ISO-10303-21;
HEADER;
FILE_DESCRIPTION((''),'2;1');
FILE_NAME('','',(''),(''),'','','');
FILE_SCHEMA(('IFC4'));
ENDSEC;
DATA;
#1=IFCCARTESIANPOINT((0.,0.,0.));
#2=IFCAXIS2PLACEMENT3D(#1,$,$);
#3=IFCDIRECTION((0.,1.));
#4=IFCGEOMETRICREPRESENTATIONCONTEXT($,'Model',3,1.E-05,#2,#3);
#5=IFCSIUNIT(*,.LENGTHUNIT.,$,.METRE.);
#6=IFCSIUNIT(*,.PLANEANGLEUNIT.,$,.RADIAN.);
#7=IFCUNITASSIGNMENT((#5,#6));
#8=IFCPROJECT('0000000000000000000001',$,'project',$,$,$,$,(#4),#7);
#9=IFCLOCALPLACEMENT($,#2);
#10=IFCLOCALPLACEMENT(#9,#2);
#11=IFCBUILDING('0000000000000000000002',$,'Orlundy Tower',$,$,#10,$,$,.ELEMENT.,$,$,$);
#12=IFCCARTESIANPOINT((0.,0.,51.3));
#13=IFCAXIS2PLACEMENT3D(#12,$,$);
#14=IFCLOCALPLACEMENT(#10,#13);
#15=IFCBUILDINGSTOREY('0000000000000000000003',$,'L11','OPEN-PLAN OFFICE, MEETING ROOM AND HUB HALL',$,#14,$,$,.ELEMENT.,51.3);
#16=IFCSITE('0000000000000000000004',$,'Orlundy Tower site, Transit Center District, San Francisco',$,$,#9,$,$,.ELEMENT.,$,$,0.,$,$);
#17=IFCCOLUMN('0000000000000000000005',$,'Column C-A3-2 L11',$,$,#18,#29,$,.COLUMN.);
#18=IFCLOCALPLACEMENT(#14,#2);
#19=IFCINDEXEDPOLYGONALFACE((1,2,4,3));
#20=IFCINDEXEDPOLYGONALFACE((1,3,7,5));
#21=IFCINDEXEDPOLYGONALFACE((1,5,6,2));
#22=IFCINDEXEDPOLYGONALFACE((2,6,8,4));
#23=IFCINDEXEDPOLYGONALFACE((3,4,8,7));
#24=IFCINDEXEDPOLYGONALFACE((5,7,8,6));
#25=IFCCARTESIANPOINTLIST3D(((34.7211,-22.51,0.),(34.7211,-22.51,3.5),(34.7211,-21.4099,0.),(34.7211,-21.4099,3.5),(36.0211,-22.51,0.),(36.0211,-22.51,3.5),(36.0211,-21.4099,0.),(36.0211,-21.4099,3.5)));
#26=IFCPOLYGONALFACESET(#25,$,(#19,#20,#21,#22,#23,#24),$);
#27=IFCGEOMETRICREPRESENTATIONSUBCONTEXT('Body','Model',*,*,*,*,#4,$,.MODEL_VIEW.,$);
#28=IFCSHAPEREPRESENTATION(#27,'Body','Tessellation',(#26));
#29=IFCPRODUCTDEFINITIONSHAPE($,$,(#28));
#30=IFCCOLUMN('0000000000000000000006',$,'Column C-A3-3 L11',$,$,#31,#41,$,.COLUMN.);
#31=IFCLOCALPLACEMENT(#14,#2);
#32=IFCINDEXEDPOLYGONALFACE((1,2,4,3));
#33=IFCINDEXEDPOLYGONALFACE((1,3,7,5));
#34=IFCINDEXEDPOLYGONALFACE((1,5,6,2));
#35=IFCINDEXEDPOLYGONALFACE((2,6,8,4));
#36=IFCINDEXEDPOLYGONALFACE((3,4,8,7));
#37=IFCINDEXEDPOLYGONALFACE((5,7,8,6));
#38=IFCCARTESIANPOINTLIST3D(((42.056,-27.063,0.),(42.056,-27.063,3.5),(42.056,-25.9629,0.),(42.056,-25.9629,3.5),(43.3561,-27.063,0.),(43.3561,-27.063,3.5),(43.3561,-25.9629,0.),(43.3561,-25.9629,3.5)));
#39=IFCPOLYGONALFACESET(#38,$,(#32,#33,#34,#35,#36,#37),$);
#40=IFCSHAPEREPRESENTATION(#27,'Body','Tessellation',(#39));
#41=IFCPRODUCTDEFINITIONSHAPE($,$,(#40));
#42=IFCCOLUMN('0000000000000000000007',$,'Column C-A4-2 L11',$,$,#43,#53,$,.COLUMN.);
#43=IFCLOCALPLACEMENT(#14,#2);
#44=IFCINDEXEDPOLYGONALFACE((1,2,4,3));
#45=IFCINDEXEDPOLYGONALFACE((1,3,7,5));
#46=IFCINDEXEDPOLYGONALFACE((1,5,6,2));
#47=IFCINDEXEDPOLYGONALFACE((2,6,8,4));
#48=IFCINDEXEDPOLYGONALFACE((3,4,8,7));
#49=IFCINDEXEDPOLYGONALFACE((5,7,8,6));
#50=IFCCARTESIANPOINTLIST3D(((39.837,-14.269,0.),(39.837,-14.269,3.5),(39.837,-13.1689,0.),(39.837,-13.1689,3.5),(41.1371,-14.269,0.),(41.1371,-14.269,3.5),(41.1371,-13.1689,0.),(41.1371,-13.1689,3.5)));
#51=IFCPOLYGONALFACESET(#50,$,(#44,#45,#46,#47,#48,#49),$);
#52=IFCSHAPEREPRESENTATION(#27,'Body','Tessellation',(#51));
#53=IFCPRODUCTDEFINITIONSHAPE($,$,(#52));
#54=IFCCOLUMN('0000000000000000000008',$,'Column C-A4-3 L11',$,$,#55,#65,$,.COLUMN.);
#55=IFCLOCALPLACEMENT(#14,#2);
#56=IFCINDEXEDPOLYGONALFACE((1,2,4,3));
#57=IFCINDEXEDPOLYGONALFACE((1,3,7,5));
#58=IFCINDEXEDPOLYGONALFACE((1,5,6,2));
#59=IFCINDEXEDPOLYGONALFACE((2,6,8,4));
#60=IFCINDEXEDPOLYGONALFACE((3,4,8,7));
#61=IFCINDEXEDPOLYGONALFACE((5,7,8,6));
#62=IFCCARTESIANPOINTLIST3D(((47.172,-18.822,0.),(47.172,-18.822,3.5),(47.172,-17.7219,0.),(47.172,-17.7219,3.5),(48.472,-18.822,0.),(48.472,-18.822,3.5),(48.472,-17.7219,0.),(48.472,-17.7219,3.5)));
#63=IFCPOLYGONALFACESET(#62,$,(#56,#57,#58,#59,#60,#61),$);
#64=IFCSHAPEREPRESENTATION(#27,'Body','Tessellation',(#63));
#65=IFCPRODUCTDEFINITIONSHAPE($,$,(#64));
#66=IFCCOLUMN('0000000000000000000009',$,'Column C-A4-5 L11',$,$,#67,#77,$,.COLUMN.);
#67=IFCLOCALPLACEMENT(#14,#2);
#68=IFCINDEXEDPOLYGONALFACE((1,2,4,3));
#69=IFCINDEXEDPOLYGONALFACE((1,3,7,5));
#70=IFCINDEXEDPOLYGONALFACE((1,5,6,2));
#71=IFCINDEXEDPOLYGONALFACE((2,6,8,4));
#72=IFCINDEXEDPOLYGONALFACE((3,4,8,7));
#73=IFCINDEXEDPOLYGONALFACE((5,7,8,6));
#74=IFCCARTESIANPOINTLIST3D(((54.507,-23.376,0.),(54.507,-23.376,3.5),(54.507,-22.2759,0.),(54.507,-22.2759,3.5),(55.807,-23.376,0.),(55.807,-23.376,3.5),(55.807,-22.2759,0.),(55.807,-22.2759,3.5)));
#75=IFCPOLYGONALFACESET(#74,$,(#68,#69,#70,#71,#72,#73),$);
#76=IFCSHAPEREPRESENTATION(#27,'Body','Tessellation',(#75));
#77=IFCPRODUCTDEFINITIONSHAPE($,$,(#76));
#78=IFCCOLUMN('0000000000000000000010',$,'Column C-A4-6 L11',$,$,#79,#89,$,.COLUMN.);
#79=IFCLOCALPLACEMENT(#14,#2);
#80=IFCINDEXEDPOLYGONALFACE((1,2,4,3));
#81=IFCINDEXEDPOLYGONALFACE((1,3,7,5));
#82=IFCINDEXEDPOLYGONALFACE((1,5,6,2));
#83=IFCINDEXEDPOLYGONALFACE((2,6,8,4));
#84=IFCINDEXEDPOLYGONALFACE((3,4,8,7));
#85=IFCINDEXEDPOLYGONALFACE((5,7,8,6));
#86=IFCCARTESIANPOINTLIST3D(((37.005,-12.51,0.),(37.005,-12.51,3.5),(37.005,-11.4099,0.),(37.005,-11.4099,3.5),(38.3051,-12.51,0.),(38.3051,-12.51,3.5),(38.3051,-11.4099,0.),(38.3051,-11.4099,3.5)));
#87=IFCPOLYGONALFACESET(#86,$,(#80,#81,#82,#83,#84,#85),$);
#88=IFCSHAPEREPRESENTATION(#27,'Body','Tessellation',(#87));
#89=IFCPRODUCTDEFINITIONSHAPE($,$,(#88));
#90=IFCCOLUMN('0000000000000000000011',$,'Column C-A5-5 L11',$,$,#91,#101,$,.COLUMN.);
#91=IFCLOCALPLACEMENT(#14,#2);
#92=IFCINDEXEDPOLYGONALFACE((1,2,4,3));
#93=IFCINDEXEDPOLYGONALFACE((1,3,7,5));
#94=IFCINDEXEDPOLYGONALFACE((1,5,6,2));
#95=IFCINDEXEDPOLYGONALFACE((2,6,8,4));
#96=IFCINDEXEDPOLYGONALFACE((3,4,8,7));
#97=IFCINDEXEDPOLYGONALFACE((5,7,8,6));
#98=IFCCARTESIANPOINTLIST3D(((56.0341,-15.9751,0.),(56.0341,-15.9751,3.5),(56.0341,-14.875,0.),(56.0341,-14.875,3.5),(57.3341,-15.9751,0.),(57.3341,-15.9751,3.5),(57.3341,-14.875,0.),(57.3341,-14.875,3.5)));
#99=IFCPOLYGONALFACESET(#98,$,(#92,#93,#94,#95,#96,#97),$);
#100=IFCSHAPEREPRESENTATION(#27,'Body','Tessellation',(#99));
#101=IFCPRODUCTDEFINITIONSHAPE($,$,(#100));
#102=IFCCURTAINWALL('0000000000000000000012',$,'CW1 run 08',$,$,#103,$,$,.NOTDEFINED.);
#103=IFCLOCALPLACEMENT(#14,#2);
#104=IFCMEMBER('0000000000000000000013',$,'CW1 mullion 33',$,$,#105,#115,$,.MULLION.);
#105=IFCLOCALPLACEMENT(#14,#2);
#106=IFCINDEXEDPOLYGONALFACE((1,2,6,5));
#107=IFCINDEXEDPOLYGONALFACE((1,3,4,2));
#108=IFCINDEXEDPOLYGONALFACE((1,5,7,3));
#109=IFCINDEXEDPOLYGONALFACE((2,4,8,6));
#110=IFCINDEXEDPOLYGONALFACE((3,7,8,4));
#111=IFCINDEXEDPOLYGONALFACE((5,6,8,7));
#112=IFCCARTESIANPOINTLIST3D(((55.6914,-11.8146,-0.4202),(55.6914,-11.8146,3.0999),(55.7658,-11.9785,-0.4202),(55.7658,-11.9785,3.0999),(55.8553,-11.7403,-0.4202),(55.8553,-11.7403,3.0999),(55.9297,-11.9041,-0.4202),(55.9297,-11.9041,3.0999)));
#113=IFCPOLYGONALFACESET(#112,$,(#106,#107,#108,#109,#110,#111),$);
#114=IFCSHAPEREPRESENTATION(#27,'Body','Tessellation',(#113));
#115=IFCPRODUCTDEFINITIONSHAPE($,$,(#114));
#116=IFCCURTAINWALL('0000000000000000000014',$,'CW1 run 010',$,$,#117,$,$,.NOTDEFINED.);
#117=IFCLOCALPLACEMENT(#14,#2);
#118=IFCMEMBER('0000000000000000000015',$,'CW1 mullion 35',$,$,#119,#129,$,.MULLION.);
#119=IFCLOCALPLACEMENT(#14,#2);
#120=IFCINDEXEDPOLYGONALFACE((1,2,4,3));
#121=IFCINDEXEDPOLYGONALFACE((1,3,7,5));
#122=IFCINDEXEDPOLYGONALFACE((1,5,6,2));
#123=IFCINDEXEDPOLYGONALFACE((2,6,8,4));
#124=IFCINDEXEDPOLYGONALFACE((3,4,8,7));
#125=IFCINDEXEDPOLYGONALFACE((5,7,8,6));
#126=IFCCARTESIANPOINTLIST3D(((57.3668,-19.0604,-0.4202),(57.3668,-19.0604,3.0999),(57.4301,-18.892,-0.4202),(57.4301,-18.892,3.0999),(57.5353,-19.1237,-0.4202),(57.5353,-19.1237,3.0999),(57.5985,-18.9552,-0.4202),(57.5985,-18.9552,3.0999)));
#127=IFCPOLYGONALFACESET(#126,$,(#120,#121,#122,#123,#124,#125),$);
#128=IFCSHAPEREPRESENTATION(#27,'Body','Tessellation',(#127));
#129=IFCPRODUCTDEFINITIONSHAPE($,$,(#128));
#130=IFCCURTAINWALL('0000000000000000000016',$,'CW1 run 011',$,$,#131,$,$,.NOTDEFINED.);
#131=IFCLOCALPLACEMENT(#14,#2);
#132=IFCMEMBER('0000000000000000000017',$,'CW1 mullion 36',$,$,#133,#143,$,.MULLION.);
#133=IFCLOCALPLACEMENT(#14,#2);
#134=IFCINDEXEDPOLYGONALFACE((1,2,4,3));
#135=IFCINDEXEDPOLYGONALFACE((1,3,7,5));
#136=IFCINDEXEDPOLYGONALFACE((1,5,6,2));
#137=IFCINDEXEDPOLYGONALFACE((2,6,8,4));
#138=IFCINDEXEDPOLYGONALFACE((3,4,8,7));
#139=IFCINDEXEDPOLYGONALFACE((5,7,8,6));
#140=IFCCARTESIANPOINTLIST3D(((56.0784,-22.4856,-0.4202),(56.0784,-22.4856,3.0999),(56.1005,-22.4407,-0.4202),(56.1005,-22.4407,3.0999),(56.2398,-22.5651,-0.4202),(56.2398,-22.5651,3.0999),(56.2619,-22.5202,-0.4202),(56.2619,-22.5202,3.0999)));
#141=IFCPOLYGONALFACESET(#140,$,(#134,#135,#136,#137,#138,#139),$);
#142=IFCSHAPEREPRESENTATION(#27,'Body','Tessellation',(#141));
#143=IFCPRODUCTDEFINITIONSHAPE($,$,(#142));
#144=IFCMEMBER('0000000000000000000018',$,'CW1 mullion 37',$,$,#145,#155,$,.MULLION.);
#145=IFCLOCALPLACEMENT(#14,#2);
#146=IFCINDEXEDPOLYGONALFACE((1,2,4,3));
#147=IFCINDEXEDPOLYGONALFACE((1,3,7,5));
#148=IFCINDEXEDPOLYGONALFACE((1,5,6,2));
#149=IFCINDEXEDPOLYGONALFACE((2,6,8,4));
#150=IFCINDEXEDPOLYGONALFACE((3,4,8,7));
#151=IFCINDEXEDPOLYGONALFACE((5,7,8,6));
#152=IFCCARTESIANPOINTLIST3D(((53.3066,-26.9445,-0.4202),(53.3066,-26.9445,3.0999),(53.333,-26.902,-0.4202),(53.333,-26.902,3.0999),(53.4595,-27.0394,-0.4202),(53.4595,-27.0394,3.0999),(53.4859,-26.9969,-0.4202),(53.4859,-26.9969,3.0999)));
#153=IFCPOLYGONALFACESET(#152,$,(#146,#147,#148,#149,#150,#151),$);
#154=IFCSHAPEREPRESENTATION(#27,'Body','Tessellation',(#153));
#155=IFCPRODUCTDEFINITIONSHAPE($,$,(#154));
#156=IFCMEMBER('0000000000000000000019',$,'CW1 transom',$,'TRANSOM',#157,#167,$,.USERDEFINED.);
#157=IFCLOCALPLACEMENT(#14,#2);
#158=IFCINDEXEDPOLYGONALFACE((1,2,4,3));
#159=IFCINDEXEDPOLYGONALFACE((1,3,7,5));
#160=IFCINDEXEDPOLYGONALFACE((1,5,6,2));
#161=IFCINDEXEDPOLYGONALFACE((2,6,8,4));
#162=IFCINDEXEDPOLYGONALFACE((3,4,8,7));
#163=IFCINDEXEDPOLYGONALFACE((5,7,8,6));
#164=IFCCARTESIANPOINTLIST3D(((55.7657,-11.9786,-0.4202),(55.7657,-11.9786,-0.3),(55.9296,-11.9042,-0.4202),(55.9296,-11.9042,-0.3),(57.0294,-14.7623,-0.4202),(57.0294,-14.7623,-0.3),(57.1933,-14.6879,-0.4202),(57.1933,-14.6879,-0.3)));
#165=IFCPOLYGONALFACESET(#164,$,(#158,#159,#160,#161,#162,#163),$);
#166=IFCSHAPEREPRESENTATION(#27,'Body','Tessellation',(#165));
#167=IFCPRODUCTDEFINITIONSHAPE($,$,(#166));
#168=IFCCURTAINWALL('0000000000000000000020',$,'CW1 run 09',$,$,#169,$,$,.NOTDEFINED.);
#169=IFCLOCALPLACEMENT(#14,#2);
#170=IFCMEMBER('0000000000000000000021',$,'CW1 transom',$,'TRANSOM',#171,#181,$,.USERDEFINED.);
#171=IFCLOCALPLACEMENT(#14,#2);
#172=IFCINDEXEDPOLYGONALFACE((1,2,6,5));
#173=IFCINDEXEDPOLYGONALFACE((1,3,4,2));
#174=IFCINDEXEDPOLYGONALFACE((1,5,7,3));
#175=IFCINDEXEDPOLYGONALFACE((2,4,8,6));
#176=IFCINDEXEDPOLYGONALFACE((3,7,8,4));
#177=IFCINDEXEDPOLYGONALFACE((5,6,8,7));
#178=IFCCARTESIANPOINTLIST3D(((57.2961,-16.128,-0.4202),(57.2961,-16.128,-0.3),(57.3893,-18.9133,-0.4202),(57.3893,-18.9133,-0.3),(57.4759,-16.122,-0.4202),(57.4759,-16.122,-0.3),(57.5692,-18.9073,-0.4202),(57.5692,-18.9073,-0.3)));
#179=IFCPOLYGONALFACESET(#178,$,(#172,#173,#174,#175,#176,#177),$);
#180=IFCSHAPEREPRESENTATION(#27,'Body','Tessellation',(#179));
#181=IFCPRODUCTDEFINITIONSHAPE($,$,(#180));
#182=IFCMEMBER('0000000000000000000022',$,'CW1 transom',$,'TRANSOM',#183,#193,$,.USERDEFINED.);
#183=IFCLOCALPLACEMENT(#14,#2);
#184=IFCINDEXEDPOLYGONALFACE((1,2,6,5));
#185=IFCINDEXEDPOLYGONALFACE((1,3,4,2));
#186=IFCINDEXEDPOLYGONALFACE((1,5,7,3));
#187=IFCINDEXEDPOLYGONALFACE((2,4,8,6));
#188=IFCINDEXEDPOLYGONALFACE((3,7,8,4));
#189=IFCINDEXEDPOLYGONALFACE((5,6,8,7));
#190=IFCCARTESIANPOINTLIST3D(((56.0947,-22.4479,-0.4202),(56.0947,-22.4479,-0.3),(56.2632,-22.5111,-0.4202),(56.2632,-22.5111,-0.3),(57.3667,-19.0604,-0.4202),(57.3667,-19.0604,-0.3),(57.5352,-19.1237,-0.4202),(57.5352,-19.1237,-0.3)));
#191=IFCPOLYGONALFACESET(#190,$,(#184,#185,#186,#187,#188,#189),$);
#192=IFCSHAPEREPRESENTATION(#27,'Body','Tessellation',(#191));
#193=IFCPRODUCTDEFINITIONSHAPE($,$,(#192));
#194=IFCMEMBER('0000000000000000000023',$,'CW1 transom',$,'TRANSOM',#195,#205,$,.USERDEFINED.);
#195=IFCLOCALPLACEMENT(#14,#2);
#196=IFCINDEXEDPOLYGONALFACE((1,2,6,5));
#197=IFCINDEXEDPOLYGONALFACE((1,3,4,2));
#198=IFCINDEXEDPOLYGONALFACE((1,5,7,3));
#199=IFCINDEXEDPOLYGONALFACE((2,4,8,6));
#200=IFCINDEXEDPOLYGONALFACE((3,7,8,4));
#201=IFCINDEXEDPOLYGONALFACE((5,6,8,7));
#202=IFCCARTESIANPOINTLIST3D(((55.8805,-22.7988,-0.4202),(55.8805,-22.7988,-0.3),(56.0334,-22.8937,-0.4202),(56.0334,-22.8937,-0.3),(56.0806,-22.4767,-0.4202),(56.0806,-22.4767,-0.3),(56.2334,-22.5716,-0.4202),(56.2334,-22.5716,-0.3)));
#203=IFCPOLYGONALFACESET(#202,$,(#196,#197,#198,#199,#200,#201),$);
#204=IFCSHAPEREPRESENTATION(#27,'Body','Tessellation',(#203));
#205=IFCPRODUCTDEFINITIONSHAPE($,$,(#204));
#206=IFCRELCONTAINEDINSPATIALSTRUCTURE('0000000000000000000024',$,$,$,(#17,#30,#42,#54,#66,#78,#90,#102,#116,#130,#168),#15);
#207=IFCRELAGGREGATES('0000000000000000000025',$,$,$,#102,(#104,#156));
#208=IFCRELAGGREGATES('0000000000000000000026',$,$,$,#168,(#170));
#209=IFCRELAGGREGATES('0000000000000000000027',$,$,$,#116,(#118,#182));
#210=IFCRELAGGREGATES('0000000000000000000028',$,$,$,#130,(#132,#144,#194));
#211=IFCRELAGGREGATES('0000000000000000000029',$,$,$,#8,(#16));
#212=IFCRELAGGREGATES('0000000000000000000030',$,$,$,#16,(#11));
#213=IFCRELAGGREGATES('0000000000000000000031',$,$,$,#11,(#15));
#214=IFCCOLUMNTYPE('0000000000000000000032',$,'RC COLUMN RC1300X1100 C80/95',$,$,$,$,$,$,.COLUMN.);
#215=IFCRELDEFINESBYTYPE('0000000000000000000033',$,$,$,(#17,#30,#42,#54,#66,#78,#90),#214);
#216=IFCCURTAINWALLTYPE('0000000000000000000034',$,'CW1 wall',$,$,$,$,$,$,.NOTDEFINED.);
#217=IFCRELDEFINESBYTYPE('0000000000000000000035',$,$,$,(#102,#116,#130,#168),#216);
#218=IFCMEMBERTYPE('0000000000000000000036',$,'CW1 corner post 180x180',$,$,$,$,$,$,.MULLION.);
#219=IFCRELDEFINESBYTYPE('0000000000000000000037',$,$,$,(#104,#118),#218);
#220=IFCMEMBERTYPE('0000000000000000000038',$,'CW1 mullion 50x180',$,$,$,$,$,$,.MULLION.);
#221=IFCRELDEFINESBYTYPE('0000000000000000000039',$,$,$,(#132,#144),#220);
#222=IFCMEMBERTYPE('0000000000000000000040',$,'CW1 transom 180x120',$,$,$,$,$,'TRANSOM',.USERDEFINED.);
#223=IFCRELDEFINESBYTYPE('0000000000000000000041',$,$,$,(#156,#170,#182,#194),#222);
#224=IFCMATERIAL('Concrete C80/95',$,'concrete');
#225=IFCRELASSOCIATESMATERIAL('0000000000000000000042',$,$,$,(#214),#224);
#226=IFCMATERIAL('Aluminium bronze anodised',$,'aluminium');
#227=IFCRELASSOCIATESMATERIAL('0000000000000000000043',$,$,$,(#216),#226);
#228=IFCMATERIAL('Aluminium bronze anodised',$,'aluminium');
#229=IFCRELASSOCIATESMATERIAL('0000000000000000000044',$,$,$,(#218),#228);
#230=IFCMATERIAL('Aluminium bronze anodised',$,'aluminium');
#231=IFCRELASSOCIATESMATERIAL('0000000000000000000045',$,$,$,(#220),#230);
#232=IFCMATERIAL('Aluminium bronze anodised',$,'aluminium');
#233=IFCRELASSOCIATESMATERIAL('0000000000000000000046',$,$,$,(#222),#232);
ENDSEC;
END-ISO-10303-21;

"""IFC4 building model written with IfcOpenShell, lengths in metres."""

from ifc_helpers import new_model, si_unit, direction, frame, origin, origin_2d, place, context, subcontext, project, spatial, rectangle, extrude, material, material_profile, profile_set, type_object, element, aggregate, save


model = new_model("IFC4")

# Units and contexts
model_context = context("Model", 3, precision=1e-05, world=origin(), true_north=direction((0.0, 1.0)))
body_context = subcontext(model_context, "Body", "Model", "MODEL_VIEW")
ifc_project = project(units=[si_unit("LENGTHUNIT", "METRE"), si_unit("PLANEANGLEUNIT", "RADIAN")], contexts=[model_context])

# Site, building, storey
site_placement = place(None, origin())
site = spatial("IfcSite", under=ifc_project, at=site_placement, Name="Orlundy Tower site, Transit Center District, San Francisco", CompositionType="ELEMENT", RefElevation=0.0)
building_placement = place(site_placement, origin())
building = spatial("IfcBuilding", under=site, at=building_placement, Name="Orlundy Tower", CompositionType="ELEMENT")
storey_placement = place(building_placement, frame((0.0, 0.0, 51.3)))
storey = spatial("IfcBuildingStorey", under=building, at=storey_placement, Name="L11", Description="OPEN-PLAN OFFICE, MEETING ROOM AND HUB HALL", CompositionType="ELEMENT", Elevation=51.3)

# Columns
ifc_material_1 = material(Name="Concrete C80/95", Category="concrete")
ifc_material_profile_1 = material_profile(ifc_material_1, rectangle(XDim=1.3, YDim=1.1001, at=origin_2d()), Name="RC1300X1100")
ifc_profile_set_1 = profile_set([ifc_material_profile_1], Name="Concrete C80/95")
column_type = type_object("IfcColumnType", Name="RC COLUMN RC1300X1100 C80/95", PredefinedType="COLUMN", material=ifc_profile_set_1)
for number, where, z_axis, x_axis, name in (
    (1, (35.3711, -21.96, 0.0), (0.0, 0.0, 1.0), (1.0, 0.0, 0.0), "Column C-A3-2 L11"),
    (2, (42.7061, -26.5129, 0.0), (0.0, 0.0, 1.0), (1.0, 0.0, 0.0), "Column C-A3-3 L11"),
    (3, (40.4871, -13.719, 0.0), (0.0, 0.0, 1.0), (1.0, 0.0, 0.0), "Column C-A4-2 L11"),
    (4, (47.822, -18.272, 0.0), (0.0, 0.0, 1.0), (1.0, 0.0, 0.0), "Column C-A4-3 L11"),
    (5, (55.157, -22.8259, 0.0), (0.0, 0.0, 1.0), (1.0, 0.0, 0.0), "Column C-A4-5 L11"),
    (6, (37.655, -11.96, 0.0), (0.0, 0.0, 1.0), (1.0, 0.0, 0.0), "Column C-A4-6 L11"),
    (7, (56.6841, -15.425, 0.0), (0.0, 0.0, 1.0), (1.0, 0.0, 0.0), "Column C-A5-5 L11"),
):
    element("IfcColumn", number, at=place(storey_placement, frame(where, z_axis=z_axis, x_axis=x_axis)), inside=storey, type_object=column_type, Name=name, PredefinedType="COLUMN", context=body_context, shape_type="SweptSolid", body=[
        extrude(rectangle(XDim=1.3, YDim=1.1001, at=origin_2d()), origin(), (0.0, 0.0, 1.0), 3.5),
    ])

# Curtain walls, members
ifc_material_2 = material(Name="Aluminium bronze anodised", Category="aluminium")
curtain_wall_type = type_object("IfcCurtainWallType", Name="CW1 wall", PredefinedType="NOTDEFINED", material=ifc_material_2)
curtain_wall_1_placement = place(storey_placement, origin())
curtain_wall_1 = element("IfcCurtainWall", 8, at=curtain_wall_1_placement, inside=storey, type_object=curtain_wall_type, Name="CW1 run 08", PredefinedType="NOTDEFINED")
ifc_material_3 = material(Name="Aluminium bronze anodised", Category="aluminium")
ifc_material_profile_2 = material_profile(ifc_material_3, rectangle(XDim=0.1799, YDim=0.1799, at=origin_2d()), Name="CW1 corner post 180x180")
ifc_profile_set_2 = profile_set([ifc_material_profile_2], Name="Aluminium bronze anodised")
member_type_1 = type_object("IfcMemberType", Name="CW1 corner post 180x180", PredefinedType="MULLION", material=ifc_profile_set_2)
member_1_placement = place(storey_placement, frame((55.8105, -11.8594, -0.4202), z_axis=(0.0, 0.0, 1.0), x_axis=(0.910579, 0.413335, 0.0)))
member_1 = element("IfcMember", 9, at=member_1_placement, type_object=member_type_1, Name="CW1 mullion 33", PredefinedType="MULLION", context=body_context, shape_type="SweptSolid", body=[
    extrude(rectangle(XDim=0.1799, YDim=0.1799, at=origin_2d()), origin(), (0.0, 0.0, 1.0), 3.52),
])
curtain_wall_2_placement = place(storey_placement, origin())
curtain_wall_2 = element("IfcCurtainWall", 10, at=curtain_wall_2_placement, inside=storey, type_object=curtain_wall_type, Name="CW1 run 010", PredefinedType="NOTDEFINED")
member_2_placement = place(storey_placement, frame((57.4827, -19.0078, -0.4202), z_axis=(0.0, 0.0, 1.0), x_axis=(0.936174, -0.351537, 0.0)))
member_2 = element("IfcMember", 11, at=member_2_placement, type_object=member_type_1, Name="CW1 mullion 35", PredefinedType="MULLION", context=body_context, shape_type="SweptSolid", body=[
    extrude(rectangle(XDim=0.1799, YDim=0.1799, at=origin_2d()), origin(), (0.0, 0.0, 1.0), 3.52),
])

# Curtain wall, members
curtain_wall_3_placement = place(storey_placement, origin())
curtain_wall_3 = element("IfcCurtainWall", 12, at=curtain_wall_3_placement, inside=storey, type_object=curtain_wall_type, Name="CW1 run 011", PredefinedType="NOTDEFINED")
ifc_material_4 = material(Name="Aluminium bronze anodised", Category="aluminium")
ifc_material_profile_3 = material_profile(ifc_material_4, rectangle(XDim=0.1799, YDim=0.05, at=origin_2d()), Name="CW1 mullion 50x180")
ifc_profile_set_3 = profile_set([ifc_material_profile_3], Name="Aluminium bronze anodised")
member_type_2 = type_object("IfcMemberType", Name="CW1 mullion 50x180", PredefinedType="MULLION", material=ifc_profile_set_3)
member_3_placement = place(storey_placement, frame((56.1702, -22.5029, -0.4202), z_axis=(0.0, 0.0, 1.0), x_axis=(0.897195, -0.441634, 0.0)))
member_3 = element("IfcMember", 13, at=member_3_placement, type_object=member_type_2, Name="CW1 mullion 36", PredefinedType="MULLION", context=body_context, shape_type="SweptSolid", body=[
    extrude(rectangle(XDim=0.1799, YDim=0.05, at=origin_2d()), origin(), (0.0, 0.0, 1.0), 3.52),
])
member_4_placement = place(storey_placement, frame((53.3962, -26.9707, -0.4202), z_axis=(0.0, 0.0, 1.0), x_axis=(0.84957, -0.527475, 0.0)))
member_4 = element("IfcMember", 14, at=member_4_placement, type_object=member_type_2, Name="CW1 mullion 37", PredefinedType="MULLION", context=body_context, shape_type="SweptSolid", body=[
    extrude(rectangle(XDim=0.1799, YDim=0.05, at=origin_2d()), origin(), (0.0, 0.0, 1.0), 3.52),
])

# Member
ifc_material_5 = material(Name="Aluminium bronze anodised", Category="aluminium")
ifc_material_profile_4 = material_profile(ifc_material_5, rectangle(XDim=0.1799, YDim=0.1201, at=origin_2d()), Name="CW1 transom 180x120")
ifc_profile_set_4 = profile_set([ifc_material_profile_4], Name="Aluminium bronze anodised")
member_type_3 = type_object("IfcMemberType", Name="CW1 transom 180x120", ElementType="TRANSOM", PredefinedType="USERDEFINED", material=ifc_profile_set_4)
member_5_placement = place(storey_placement, frame((55.8477, -11.9414, -0.3601), z_axis=(0.413358, -0.910569, 0.0), x_axis=(0.910569, 0.413358, 0.0)))
member_5 = element("IfcMember", 15, at=member_5_placement, type_object=member_type_3, Name="CW1 transom", ObjectType="TRANSOM", PredefinedType="USERDEFINED", context=body_context, shape_type="SweptSolid", body=[
    extrude(rectangle(XDim=0.1799, YDim=0.1201, at=origin_2d()), origin(), (0.0, 0.0, 1.0), 3.0571),
])

# Curtain wall, member
curtain_wall_4_placement = place(storey_placement, origin())
curtain_wall_4 = element("IfcCurtainWall", 16, at=curtain_wall_4_placement, inside=storey, type_object=curtain_wall_type, Name="CW1 run 09", PredefinedType="NOTDEFINED")
member_6_placement = place(storey_placement, frame((57.386, -16.125, -0.3601), z_axis=(0.033464, -0.99944, 0.0), x_axis=(0.99944, 0.033464, 0.0)))
member_6 = element("IfcMember", 17, at=member_6_placement, type_object=member_type_3, Name="CW1 transom", ObjectType="TRANSOM", PredefinedType="USERDEFINED", context=body_context, shape_type="SweptSolid", body=[
    extrude(rectangle(XDim=0.1799, YDim=0.1201, at=origin_2d()), origin(), (0.0, 0.0, 1.0), 2.7869),
])

# Members
member_7_placement = place(storey_placement, frame((57.4509, -19.092, -0.3601), z_axis=(-0.35153, -0.936177, 0.0), x_axis=(0.936177, -0.35153, 0.0)))
member_7 = element("IfcMember", 18, at=member_7_placement, type_object=member_type_3, Name="CW1 transom", ObjectType="TRANSOM", PredefinedType="USERDEFINED", context=body_context, shape_type="SweptSolid", body=[
    extrude(rectangle(XDim=0.1799, YDim=0.1201, at=origin_2d()), origin(), (0.0, 0.0, 1.0), 3.6184),
])
member_8_placement = place(storey_placement, frame((56.157, -22.5242, -0.3601), z_axis=(-0.527507, -0.849551, 0.0), x_axis=(0.849551, -0.527507, 0.0)))
member_8 = element("IfcMember", 19, at=member_8_placement, type_object=member_type_3, Name="CW1 transom", ObjectType="TRANSOM", PredefinedType="USERDEFINED", context=body_context, shape_type="SweptSolid", body=[
    extrude(rectangle(XDim=0.1799, YDim=0.1201, at=origin_2d()), origin(), (0.0, 0.0, 1.0), 0.3792),
])

aggregate(curtain_wall_1, [member_1, member_5])
aggregate(curtain_wall_4, [member_6])
aggregate(curtain_wall_2, [member_2, member_7])
aggregate(curtain_wall_3, [member_3, member_4, member_8])

save(model, "model.ifc")
